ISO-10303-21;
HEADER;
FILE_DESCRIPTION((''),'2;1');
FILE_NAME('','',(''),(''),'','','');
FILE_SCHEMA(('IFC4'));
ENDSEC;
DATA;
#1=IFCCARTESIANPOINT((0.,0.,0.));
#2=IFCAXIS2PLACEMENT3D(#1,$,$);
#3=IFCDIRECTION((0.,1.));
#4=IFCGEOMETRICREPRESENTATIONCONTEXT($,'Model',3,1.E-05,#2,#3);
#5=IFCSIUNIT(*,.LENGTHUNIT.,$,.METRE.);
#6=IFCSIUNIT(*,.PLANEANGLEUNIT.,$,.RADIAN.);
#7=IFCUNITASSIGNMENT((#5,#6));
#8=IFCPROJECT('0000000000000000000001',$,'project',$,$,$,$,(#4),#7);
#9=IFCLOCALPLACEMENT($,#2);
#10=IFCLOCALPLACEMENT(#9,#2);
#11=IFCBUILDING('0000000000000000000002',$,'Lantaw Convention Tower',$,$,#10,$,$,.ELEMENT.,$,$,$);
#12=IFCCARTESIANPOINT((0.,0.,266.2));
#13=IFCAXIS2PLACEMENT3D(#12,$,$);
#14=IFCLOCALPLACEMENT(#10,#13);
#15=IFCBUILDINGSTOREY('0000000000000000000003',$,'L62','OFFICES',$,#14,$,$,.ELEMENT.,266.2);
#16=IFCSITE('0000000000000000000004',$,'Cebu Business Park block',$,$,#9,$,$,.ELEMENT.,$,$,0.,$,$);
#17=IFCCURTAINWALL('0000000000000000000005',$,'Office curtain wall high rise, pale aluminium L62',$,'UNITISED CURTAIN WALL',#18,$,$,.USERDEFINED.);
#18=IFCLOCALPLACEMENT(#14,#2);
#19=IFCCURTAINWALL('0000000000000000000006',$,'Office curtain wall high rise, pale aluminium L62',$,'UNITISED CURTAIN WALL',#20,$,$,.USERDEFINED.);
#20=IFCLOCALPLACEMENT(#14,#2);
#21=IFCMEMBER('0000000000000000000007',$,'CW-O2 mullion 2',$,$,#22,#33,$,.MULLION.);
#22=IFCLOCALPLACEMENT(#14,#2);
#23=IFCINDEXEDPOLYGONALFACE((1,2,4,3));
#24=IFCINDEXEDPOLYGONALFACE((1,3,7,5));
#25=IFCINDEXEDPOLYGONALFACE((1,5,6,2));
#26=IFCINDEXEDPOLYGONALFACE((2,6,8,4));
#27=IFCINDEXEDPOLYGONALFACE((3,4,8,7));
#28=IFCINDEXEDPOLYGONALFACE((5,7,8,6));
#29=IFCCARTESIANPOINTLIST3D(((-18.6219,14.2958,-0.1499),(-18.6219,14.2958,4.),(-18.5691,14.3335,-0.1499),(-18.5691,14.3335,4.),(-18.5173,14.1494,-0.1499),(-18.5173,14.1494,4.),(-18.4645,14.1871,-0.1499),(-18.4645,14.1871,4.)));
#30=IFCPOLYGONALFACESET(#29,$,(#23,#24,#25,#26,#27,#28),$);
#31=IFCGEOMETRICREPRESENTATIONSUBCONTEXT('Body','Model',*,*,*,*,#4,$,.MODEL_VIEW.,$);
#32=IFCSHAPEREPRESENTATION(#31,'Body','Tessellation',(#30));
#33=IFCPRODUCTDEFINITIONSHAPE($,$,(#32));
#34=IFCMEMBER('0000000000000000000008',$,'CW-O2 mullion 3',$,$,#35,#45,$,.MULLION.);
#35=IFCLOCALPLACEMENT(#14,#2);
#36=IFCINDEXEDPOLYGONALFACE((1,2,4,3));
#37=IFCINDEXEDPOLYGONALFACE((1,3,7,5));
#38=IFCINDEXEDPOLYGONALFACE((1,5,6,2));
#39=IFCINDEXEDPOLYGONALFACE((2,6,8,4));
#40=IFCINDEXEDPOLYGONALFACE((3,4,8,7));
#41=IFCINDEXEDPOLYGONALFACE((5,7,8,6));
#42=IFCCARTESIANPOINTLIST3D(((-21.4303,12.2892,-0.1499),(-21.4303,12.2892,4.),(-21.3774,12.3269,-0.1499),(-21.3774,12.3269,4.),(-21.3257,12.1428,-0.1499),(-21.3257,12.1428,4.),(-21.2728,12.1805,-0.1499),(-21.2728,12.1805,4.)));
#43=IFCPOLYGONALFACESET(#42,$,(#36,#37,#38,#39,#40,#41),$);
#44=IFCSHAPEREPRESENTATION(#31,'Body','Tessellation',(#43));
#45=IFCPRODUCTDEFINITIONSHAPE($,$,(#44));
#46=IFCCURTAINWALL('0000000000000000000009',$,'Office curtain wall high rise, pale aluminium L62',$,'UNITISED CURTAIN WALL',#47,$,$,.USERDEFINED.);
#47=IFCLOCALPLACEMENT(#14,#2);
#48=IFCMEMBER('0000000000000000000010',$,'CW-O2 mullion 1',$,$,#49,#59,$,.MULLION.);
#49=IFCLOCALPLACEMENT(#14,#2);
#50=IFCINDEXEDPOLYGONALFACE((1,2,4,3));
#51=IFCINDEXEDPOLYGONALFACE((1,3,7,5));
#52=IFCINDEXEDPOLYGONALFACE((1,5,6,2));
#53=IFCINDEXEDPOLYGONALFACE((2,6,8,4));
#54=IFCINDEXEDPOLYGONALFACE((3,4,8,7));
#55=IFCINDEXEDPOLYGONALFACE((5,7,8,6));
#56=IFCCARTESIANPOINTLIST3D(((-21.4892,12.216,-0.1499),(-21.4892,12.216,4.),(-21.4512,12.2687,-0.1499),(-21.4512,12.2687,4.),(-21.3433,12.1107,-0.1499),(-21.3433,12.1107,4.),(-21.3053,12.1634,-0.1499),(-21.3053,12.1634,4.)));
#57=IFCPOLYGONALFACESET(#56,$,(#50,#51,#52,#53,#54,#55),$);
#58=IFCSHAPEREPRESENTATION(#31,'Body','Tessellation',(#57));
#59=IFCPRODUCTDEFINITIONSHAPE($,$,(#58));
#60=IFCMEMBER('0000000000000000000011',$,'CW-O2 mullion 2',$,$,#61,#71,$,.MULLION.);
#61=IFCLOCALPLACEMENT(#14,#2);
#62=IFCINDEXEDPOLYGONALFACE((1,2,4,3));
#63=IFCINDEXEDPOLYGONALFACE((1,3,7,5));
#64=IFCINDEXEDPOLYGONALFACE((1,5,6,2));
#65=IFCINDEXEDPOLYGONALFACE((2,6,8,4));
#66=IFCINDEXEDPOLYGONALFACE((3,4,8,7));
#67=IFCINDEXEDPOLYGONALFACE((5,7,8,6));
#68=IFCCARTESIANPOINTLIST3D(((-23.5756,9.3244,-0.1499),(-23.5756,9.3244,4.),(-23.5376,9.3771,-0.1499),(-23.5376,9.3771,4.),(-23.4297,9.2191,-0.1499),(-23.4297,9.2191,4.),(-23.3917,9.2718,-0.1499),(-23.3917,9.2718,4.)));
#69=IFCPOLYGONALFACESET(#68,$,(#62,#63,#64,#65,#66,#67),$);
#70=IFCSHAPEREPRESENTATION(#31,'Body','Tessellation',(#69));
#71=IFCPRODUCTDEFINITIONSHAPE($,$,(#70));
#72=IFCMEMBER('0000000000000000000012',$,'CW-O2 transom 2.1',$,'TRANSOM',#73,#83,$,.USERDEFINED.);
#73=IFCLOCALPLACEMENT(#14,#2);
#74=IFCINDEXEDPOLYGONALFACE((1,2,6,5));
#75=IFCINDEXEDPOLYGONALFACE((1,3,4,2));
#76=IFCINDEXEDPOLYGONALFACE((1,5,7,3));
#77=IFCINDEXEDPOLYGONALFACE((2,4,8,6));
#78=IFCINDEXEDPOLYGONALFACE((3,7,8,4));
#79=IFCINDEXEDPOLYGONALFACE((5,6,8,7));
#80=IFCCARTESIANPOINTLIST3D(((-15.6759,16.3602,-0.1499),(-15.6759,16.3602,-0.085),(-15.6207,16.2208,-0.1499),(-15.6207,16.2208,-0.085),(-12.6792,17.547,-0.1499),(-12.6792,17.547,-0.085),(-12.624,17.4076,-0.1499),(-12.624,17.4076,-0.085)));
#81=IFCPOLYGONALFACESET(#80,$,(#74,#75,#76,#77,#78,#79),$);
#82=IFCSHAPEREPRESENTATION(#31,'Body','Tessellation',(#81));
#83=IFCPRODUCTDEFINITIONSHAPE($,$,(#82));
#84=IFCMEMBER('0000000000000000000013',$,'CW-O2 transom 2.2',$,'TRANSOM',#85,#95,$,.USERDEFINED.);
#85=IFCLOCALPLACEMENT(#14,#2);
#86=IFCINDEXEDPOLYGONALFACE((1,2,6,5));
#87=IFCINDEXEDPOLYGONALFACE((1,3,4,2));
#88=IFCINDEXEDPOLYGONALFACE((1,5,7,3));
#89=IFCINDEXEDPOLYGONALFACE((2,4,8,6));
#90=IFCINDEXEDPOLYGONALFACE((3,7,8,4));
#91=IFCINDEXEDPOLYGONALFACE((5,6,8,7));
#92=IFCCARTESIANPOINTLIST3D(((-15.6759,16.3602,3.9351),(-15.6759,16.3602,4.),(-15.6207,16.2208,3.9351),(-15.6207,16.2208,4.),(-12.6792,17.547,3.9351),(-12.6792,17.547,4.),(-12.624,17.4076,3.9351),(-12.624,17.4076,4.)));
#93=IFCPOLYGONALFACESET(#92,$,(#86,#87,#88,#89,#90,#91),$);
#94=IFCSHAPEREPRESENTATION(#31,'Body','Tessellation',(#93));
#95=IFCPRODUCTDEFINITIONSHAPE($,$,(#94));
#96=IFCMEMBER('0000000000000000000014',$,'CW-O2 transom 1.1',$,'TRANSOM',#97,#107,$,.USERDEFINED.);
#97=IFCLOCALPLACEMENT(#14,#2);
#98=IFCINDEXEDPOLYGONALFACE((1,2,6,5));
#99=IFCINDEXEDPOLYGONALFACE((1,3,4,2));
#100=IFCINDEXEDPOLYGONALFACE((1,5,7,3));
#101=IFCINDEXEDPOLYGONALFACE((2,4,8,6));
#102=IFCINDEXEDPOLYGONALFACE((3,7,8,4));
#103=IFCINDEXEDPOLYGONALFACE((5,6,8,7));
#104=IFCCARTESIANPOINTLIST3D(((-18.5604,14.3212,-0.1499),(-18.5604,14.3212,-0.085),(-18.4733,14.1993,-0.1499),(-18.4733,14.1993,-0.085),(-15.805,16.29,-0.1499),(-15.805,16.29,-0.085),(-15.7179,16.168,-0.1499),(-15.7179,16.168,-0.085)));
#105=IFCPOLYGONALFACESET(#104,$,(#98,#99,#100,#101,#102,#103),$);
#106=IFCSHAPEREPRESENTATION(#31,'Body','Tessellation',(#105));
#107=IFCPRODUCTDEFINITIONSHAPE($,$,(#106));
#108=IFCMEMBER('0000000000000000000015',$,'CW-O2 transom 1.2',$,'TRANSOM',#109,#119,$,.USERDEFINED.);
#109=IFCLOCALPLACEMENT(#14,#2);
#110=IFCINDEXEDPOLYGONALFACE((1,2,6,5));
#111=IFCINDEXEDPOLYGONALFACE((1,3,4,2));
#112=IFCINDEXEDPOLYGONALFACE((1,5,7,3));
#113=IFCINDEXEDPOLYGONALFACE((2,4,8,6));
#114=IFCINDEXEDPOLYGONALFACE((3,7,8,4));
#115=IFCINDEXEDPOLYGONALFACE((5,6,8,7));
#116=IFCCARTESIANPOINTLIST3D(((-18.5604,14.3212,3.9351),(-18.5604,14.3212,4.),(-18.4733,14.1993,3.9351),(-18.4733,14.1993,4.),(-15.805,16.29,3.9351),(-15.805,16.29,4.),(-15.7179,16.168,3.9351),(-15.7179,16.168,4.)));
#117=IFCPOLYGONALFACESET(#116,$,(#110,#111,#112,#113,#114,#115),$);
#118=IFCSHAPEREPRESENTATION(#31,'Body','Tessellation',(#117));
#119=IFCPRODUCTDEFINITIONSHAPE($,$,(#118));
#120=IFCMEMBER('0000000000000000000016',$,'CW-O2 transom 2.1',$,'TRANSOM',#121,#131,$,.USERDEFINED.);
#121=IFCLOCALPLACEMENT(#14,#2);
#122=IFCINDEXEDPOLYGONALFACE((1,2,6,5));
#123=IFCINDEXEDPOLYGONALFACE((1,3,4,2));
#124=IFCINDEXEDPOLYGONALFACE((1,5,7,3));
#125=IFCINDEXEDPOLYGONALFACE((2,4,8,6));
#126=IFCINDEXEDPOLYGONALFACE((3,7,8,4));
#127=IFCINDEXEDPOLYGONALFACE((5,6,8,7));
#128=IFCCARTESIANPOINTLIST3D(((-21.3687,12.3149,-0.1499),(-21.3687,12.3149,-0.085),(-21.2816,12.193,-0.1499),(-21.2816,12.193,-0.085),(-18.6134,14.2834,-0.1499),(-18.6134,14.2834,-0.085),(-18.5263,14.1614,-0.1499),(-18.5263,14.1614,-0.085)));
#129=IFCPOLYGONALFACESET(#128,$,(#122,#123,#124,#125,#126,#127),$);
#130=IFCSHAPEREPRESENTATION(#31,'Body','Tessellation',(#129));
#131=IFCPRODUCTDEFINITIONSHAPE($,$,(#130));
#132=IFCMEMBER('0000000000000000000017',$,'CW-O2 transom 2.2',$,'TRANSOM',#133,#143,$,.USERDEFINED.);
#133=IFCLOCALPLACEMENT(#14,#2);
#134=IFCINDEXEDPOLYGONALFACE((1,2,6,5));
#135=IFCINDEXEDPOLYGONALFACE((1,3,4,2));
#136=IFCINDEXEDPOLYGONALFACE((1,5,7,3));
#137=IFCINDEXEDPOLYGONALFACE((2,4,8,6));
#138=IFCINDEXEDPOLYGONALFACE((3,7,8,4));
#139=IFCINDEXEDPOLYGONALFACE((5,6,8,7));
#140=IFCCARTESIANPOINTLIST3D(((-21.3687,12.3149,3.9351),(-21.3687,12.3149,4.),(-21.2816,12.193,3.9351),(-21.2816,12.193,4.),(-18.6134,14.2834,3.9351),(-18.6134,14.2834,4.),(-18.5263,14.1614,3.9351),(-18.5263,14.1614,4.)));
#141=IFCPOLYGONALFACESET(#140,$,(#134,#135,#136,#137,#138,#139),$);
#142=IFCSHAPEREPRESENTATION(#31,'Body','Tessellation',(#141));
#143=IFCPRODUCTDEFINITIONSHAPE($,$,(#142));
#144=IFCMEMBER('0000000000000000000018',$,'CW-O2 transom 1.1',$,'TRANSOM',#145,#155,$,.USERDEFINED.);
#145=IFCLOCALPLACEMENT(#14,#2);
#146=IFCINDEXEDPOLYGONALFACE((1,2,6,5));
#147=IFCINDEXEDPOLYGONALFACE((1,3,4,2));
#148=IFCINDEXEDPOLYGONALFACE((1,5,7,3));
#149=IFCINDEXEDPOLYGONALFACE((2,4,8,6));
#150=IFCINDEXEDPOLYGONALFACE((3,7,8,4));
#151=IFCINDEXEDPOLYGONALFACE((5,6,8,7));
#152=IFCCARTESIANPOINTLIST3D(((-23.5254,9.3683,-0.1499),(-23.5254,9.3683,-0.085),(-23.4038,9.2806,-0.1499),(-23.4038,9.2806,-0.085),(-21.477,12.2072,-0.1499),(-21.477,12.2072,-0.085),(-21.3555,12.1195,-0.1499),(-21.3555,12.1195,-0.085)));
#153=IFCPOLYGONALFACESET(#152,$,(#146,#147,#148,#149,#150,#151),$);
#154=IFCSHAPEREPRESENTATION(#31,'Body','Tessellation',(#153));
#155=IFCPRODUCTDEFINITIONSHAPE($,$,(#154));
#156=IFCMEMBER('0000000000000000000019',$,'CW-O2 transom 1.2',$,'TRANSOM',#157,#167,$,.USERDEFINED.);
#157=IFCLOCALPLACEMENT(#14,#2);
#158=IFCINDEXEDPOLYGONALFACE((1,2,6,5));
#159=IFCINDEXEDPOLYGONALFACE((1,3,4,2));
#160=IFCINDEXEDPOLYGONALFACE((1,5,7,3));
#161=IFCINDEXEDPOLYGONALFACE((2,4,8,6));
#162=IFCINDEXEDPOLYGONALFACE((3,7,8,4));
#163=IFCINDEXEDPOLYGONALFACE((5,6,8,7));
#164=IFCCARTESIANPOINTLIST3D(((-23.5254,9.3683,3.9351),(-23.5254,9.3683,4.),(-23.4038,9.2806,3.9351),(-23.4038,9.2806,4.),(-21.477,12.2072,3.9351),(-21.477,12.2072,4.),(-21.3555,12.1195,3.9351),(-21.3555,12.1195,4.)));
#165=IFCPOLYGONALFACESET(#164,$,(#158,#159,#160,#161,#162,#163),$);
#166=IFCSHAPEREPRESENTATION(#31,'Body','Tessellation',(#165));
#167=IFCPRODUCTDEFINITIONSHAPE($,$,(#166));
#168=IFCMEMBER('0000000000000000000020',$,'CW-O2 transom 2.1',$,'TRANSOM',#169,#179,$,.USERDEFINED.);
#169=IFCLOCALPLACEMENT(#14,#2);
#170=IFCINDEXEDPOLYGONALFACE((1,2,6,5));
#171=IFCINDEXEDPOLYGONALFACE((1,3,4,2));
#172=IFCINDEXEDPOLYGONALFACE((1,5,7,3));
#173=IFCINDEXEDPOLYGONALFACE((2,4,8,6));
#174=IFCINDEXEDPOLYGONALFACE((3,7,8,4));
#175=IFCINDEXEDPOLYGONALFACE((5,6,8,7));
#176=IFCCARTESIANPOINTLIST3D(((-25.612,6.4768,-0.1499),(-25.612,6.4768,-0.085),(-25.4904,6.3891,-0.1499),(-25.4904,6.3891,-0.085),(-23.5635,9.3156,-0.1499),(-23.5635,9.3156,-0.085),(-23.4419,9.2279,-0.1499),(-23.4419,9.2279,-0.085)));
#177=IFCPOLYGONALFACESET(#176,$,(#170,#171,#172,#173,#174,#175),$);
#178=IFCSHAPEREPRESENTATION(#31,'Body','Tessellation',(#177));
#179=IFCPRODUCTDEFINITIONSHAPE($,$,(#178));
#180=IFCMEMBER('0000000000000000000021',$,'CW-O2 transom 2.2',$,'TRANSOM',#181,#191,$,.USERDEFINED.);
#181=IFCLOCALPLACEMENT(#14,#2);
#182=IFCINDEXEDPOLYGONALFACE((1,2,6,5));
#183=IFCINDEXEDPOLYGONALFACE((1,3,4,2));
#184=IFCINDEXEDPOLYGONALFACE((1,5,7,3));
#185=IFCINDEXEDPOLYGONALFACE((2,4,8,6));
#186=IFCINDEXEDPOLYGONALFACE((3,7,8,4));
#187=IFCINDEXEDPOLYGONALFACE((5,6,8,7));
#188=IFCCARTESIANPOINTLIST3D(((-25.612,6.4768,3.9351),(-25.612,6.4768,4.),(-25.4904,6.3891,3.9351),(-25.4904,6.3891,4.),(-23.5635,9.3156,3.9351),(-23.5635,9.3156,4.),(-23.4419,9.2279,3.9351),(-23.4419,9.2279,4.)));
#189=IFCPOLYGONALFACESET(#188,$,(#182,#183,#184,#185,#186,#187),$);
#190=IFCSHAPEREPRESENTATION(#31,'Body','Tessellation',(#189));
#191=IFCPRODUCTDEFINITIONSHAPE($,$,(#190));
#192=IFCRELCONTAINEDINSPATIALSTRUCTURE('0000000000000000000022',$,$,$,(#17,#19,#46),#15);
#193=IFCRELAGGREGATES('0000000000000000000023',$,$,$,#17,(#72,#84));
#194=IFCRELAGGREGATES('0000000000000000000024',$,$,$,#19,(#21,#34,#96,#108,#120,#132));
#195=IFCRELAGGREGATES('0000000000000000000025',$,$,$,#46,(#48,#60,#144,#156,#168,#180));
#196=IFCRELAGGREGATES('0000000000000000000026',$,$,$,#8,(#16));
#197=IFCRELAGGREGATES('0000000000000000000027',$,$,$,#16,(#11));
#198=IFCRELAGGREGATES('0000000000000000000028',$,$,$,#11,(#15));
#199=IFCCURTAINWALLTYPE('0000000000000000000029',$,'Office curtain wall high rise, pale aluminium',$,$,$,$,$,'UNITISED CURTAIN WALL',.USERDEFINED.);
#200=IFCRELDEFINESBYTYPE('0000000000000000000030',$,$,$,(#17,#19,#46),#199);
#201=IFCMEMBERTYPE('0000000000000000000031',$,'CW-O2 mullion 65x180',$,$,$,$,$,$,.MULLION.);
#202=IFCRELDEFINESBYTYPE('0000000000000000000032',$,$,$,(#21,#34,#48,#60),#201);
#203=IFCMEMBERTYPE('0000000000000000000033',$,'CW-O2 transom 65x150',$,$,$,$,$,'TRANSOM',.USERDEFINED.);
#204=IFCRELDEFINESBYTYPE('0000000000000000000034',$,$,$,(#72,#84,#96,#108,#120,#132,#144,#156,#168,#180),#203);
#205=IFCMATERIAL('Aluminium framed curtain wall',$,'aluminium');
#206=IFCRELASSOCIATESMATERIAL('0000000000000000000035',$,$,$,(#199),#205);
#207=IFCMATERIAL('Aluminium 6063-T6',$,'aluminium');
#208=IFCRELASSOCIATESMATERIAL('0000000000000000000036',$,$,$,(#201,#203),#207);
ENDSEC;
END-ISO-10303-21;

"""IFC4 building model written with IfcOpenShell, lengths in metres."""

from ifc_helpers import new_model, si_unit, direction, frame, origin, origin_2d, place, context, subcontext, project, spatial, rectangle, extrude, material, material_profile, profile_set, type_object, element, aggregate, save


model = new_model("IFC4")

# Units and contexts
model_context = context("Model", 3, precision=1e-05, world=origin(), true_north=direction((0.0, 1.0)))
body_context = subcontext(model_context, "Body", "Model", "MODEL_VIEW")
ifc_project = project(units=[si_unit("LENGTHUNIT", "METRE"), si_unit("PLANEANGLEUNIT", "RADIAN")], contexts=[model_context])

# Site, building, storey
site_placement = place(None, origin())
site = spatial("IfcSite", under=ifc_project, at=site_placement, Name="Cebu Business Park block", CompositionType="ELEMENT", RefElevation=0.0)
building_placement = place(site_placement, origin())
building = spatial("IfcBuilding", under=site, at=building_placement, Name="Lantaw Convention Tower", CompositionType="ELEMENT")
storey_placement = place(building_placement, frame((0.0, 0.0, 266.2)))
storey = spatial("IfcBuildingStorey", under=building, at=storey_placement, Name="L62", Description="OFFICES", CompositionType="ELEMENT", Elevation=266.2)

# Curtain walls, members
ifc_material_1 = material(Name="Aluminium framed curtain wall", Category="aluminium")
curtain_wall_type = type_object("IfcCurtainWallType", Name="Office curtain wall high rise, pale aluminium", ElementType="UNITISED CURTAIN WALL", PredefinedType="USERDEFINED", material=ifc_material_1)
curtain_wall_1_placement = place(storey_placement, origin())
curtain_wall_1 = element("IfcCurtainWall", 1, at=curtain_wall_1_placement, inside=storey, type_object=curtain_wall_type, Name="Office curtain wall high rise, pale aluminium L62", ObjectType="UNITISED CURTAIN WALL", PredefinedType="USERDEFINED")
ifc_material_2 = material(Name="Aluminium 6063-T6", Category="aluminium")
ifc_material_profile_1 = material_profile(ifc_material_2, rectangle(XDim=0.1799, YDim=0.0649, at=origin_2d()), Name="CW-O2 mullion 65x180")
ifc_profile_set_1 = profile_set([ifc_material_profile_1], Name="Aluminium 6063-T6")
member_type_1 = type_object("IfcMemberType", Name="CW-O2 mullion 65x180", PredefinedType="MULLION", material=ifc_profile_set_1)
curtain_wall_2_placement = place(storey_placement, origin())
curtain_wall_2 = element("IfcCurtainWall", 2, at=curtain_wall_2_placement, inside=storey, type_object=curtain_wall_type, Name="Office curtain wall high rise, pale aluminium L62", ObjectType="UNITISED CURTAIN WALL", PredefinedType="USERDEFINED")
member_1_placement = place(storey_placement, frame((-18.5432, 14.2415, -0.1499), z_axis=(0.0, 0.0, 1.0), x_axis=(0.581323, -0.813673, 0.0)))
member_1 = element("IfcMember", 3, at=member_1_placement, type_object=member_type_1, Name="CW-O2 mullion 2", PredefinedType="MULLION", context=body_context, shape_type="SweptSolid", body=[
    extrude(rectangle(XDim=0.1799, YDim=0.0649, at=origin_2d()), origin(), (0.0, 0.0, 1.0), 4.1499),
])
member_2_placement = place(storey_placement, frame((-21.3516, 12.2349, -0.1499), z_axis=(0.0, 0.0, 1.0), x_axis=(0.581323, -0.813673, 0.0)))
member_2 = element("IfcMember", 4, at=member_2_placement, type_object=member_type_1, Name="CW-O2 mullion 3", PredefinedType="MULLION", context=body_context, shape_type="SweptSolid", body=[
    extrude(rectangle(XDim=0.1799, YDim=0.0649, at=origin_2d()), origin(), (0.0, 0.0, 1.0), 4.1499),
])
curtain_wall_3_placement = place(storey_placement, origin())
curtain_wall_3 = element("IfcCurtainWall", 5, at=curtain_wall_3_placement, inside=storey, type_object=curtain_wall_type, Name="Office curtain wall high rise, pale aluminium L62", ObjectType="UNITISED CURTAIN WALL", PredefinedType="USERDEFINED")
member_3_placement = place(storey_placement, frame((-21.3972, 12.1897, -0.1499), z_axis=(0.0, 0.0, 1.0), x_axis=(0.81092, -0.585158, 0.0)))
member_3 = element("IfcMember", 6, at=member_3_placement, type_object=member_type_1, Name="CW-O2 mullion 1", PredefinedType="MULLION", context=body_context, shape_type="SweptSolid", body=[
    extrude(rectangle(XDim=0.1799, YDim=0.0649, at=origin_2d()), origin(), (0.0, 0.0, 1.0), 4.1499),
])
member_4_placement = place(storey_placement, frame((-23.4836, 9.2981, -0.1499), z_axis=(0.0, 0.0, 1.0), x_axis=(0.81092, -0.585158, 0.0)))
member_4 = element("IfcMember", 7, at=member_4_placement, type_object=member_type_1, Name="CW-O2 mullion 2", PredefinedType="MULLION", context=body_context, shape_type="SweptSolid", body=[
    extrude(rectangle(XDim=0.1799, YDim=0.0649, at=origin_2d()), origin(), (0.0, 0.0, 1.0), 4.1499),
])

# Members
ifc_material_profile_2 = material_profile(ifc_material_2, rectangle(XDim=0.1499, YDim=0.0649, at=origin_2d()), Name="CW-O2 transom 65x150")
ifc_profile_set_2 = profile_set([ifc_material_profile_2], Name="Aluminium 6063-T6")
member_type_2 = type_object("IfcMemberType", Name="CW-O2 transom 65x150", ElementType="TRANSOM", PredefinedType="USERDEFINED", material=ifc_profile_set_2)
member_5_placement = place(storey_placement, frame((-12.6516, 17.4773, -0.1174), z_axis=(-0.929741, -0.368215, 0.0), x_axis=(0.368215, -0.929741, 0.0)))
member_5 = element("IfcMember", 8, at=member_5_placement, type_object=member_type_2, Name="CW-O2 transom 2.1", ObjectType="TRANSOM", PredefinedType="USERDEFINED", context=body_context, shape_type="SweptSolid", body=[
    extrude(rectangle(XDim=0.1499, YDim=0.0649, at=origin_2d()), origin(), (0.0, 0.0, 1.0), 3.2231),
])
member_6_placement = place(storey_placement, frame((-12.6516, 17.4773, 3.9675), z_axis=(-0.929741, -0.368215, 0.0), x_axis=(0.368215, -0.929741, 0.0)))
member_6 = element("IfcMember", 9, at=member_6_placement, type_object=member_type_2, Name="CW-O2 transom 2.2", ObjectType="TRANSOM", PredefinedType="USERDEFINED", context=body_context, shape_type="SweptSolid", body=[
    extrude(rectangle(XDim=0.1499, YDim=0.0649, at=origin_2d()), origin(), (0.0, 0.0, 1.0), 3.2231),
])
member_7_placement = place(storey_placement, frame((-15.7615, 16.229, -0.1174), z_axis=(-0.813646, -0.581361, 0.0), x_axis=(0.581361, -0.813646, 0.0)))
member_7 = element("IfcMember", 10, at=member_7_placement, type_object=member_type_2, Name="CW-O2 transom 1.1", ObjectType="TRANSOM", PredefinedType="USERDEFINED", context=body_context, shape_type="SweptSolid", body=[
    extrude(rectangle(XDim=0.1499, YDim=0.0649, at=origin_2d()), origin(), (0.0, 0.0, 1.0), 3.3865),
])
member_8_placement = place(storey_placement, frame((-15.7615, 16.229, 3.9675), z_axis=(-0.813646, -0.581361, 0.0), x_axis=(0.581361, -0.813646, 0.0)))
member_8 = element("IfcMember", 11, at=member_8_placement, type_object=member_type_2, Name="CW-O2 transom 1.2", ObjectType="TRANSOM", PredefinedType="USERDEFINED", context=body_context, shape_type="SweptSolid", body=[
    extrude(rectangle(XDim=0.1499, YDim=0.0649, at=origin_2d()), origin(), (0.0, 0.0, 1.0), 3.3865),
])
member_9_placement = place(storey_placement, frame((-18.5698, 14.2224, -0.1174), z_axis=(-0.81368, -0.581313, 0.0), x_axis=(0.581313, -0.81368, 0.0)))
member_9 = element("IfcMember", 12, at=member_9_placement, type_object=member_type_2, Name="CW-O2 transom 2.1", ObjectType="TRANSOM", PredefinedType="USERDEFINED", context=body_context, shape_type="SweptSolid", body=[
    extrude(rectangle(XDim=0.1499, YDim=0.0649, at=origin_2d()), origin(), (0.0, 0.0, 1.0), 3.3862),
])
member_10_placement = place(storey_placement, frame((-18.5698, 14.2224, 3.9675), z_axis=(-0.81368, -0.581313, 0.0), x_axis=(0.581313, -0.81368, 0.0)))
member_10 = element("IfcMember", 13, at=member_10_placement, type_object=member_type_2, Name="CW-O2 transom 2.2", ObjectType="TRANSOM", PredefinedType="USERDEFINED", context=body_context, shape_type="SweptSolid", body=[
    extrude(rectangle(XDim=0.1499, YDim=0.0649, at=origin_2d()), origin(), (0.0, 0.0, 1.0), 3.3862),
])
member_11_placement = place(storey_placement, frame((-21.4163, 12.1633, -0.1174), z_axis=(-0.585124, -0.810944, 0.0), x_axis=(0.810944, -0.585124, 0.0)))
member_11 = element("IfcMember", 14, at=member_11_placement, type_object=member_type_2, Name="CW-O2 transom 1.1", ObjectType="TRANSOM", PredefinedType="USERDEFINED", context=body_context, shape_type="SweptSolid", body=[
    extrude(rectangle(XDim=0.1499, YDim=0.0649, at=origin_2d()), origin(), (0.0, 0.0, 1.0), 3.5007),
])
member_12_placement = place(storey_placement, frame((-21.4163, 12.1633, 3.9675), z_axis=(-0.585124, -0.810944, 0.0), x_axis=(0.810944, -0.585124, 0.0)))
member_12 = element("IfcMember", 15, at=member_12_placement, type_object=member_type_2, Name="CW-O2 transom 1.2", ObjectType="TRANSOM", PredefinedType="USERDEFINED", context=body_context, shape_type="SweptSolid", body=[
    extrude(rectangle(XDim=0.1499, YDim=0.0649, at=origin_2d()), origin(), (0.0, 0.0, 1.0), 3.5007),
])
member_13_placement = place(storey_placement, frame((-23.5027, 9.2717, -0.1174), z_axis=(-0.58517, -0.810911, 0.0), x_axis=(0.810911, -0.58517, 0.0)))
member_13 = element("IfcMember", 16, at=member_13_placement, type_object=member_type_2, Name="CW-O2 transom 2.1", ObjectType="TRANSOM", PredefinedType="USERDEFINED", context=body_context, shape_type="SweptSolid", body=[
    extrude(rectangle(XDim=0.1499, YDim=0.0649, at=origin_2d()), origin(), (0.0, 0.0, 1.0), 3.5007),
])
member_14_placement = place(storey_placement, frame((-23.5027, 9.2717, 3.9675), z_axis=(-0.58517, -0.810911, 0.0), x_axis=(0.810911, -0.58517, 0.0)))
member_14 = element("IfcMember", 17, at=member_14_placement, type_object=member_type_2, Name="CW-O2 transom 2.2", ObjectType="TRANSOM", PredefinedType="USERDEFINED", context=body_context, shape_type="SweptSolid", body=[
    extrude(rectangle(XDim=0.1499, YDim=0.0649, at=origin_2d()), origin(), (0.0, 0.0, 1.0), 3.5007),
])

aggregate(curtain_wall_1, [member_5, member_6])
aggregate(curtain_wall_2, [member_1, member_2, member_7, member_8, member_9, member_10])
aggregate(curtain_wall_3, [member_3, member_4, member_11, member_12, member_13, member_14])

save(model, "model.ifc")
